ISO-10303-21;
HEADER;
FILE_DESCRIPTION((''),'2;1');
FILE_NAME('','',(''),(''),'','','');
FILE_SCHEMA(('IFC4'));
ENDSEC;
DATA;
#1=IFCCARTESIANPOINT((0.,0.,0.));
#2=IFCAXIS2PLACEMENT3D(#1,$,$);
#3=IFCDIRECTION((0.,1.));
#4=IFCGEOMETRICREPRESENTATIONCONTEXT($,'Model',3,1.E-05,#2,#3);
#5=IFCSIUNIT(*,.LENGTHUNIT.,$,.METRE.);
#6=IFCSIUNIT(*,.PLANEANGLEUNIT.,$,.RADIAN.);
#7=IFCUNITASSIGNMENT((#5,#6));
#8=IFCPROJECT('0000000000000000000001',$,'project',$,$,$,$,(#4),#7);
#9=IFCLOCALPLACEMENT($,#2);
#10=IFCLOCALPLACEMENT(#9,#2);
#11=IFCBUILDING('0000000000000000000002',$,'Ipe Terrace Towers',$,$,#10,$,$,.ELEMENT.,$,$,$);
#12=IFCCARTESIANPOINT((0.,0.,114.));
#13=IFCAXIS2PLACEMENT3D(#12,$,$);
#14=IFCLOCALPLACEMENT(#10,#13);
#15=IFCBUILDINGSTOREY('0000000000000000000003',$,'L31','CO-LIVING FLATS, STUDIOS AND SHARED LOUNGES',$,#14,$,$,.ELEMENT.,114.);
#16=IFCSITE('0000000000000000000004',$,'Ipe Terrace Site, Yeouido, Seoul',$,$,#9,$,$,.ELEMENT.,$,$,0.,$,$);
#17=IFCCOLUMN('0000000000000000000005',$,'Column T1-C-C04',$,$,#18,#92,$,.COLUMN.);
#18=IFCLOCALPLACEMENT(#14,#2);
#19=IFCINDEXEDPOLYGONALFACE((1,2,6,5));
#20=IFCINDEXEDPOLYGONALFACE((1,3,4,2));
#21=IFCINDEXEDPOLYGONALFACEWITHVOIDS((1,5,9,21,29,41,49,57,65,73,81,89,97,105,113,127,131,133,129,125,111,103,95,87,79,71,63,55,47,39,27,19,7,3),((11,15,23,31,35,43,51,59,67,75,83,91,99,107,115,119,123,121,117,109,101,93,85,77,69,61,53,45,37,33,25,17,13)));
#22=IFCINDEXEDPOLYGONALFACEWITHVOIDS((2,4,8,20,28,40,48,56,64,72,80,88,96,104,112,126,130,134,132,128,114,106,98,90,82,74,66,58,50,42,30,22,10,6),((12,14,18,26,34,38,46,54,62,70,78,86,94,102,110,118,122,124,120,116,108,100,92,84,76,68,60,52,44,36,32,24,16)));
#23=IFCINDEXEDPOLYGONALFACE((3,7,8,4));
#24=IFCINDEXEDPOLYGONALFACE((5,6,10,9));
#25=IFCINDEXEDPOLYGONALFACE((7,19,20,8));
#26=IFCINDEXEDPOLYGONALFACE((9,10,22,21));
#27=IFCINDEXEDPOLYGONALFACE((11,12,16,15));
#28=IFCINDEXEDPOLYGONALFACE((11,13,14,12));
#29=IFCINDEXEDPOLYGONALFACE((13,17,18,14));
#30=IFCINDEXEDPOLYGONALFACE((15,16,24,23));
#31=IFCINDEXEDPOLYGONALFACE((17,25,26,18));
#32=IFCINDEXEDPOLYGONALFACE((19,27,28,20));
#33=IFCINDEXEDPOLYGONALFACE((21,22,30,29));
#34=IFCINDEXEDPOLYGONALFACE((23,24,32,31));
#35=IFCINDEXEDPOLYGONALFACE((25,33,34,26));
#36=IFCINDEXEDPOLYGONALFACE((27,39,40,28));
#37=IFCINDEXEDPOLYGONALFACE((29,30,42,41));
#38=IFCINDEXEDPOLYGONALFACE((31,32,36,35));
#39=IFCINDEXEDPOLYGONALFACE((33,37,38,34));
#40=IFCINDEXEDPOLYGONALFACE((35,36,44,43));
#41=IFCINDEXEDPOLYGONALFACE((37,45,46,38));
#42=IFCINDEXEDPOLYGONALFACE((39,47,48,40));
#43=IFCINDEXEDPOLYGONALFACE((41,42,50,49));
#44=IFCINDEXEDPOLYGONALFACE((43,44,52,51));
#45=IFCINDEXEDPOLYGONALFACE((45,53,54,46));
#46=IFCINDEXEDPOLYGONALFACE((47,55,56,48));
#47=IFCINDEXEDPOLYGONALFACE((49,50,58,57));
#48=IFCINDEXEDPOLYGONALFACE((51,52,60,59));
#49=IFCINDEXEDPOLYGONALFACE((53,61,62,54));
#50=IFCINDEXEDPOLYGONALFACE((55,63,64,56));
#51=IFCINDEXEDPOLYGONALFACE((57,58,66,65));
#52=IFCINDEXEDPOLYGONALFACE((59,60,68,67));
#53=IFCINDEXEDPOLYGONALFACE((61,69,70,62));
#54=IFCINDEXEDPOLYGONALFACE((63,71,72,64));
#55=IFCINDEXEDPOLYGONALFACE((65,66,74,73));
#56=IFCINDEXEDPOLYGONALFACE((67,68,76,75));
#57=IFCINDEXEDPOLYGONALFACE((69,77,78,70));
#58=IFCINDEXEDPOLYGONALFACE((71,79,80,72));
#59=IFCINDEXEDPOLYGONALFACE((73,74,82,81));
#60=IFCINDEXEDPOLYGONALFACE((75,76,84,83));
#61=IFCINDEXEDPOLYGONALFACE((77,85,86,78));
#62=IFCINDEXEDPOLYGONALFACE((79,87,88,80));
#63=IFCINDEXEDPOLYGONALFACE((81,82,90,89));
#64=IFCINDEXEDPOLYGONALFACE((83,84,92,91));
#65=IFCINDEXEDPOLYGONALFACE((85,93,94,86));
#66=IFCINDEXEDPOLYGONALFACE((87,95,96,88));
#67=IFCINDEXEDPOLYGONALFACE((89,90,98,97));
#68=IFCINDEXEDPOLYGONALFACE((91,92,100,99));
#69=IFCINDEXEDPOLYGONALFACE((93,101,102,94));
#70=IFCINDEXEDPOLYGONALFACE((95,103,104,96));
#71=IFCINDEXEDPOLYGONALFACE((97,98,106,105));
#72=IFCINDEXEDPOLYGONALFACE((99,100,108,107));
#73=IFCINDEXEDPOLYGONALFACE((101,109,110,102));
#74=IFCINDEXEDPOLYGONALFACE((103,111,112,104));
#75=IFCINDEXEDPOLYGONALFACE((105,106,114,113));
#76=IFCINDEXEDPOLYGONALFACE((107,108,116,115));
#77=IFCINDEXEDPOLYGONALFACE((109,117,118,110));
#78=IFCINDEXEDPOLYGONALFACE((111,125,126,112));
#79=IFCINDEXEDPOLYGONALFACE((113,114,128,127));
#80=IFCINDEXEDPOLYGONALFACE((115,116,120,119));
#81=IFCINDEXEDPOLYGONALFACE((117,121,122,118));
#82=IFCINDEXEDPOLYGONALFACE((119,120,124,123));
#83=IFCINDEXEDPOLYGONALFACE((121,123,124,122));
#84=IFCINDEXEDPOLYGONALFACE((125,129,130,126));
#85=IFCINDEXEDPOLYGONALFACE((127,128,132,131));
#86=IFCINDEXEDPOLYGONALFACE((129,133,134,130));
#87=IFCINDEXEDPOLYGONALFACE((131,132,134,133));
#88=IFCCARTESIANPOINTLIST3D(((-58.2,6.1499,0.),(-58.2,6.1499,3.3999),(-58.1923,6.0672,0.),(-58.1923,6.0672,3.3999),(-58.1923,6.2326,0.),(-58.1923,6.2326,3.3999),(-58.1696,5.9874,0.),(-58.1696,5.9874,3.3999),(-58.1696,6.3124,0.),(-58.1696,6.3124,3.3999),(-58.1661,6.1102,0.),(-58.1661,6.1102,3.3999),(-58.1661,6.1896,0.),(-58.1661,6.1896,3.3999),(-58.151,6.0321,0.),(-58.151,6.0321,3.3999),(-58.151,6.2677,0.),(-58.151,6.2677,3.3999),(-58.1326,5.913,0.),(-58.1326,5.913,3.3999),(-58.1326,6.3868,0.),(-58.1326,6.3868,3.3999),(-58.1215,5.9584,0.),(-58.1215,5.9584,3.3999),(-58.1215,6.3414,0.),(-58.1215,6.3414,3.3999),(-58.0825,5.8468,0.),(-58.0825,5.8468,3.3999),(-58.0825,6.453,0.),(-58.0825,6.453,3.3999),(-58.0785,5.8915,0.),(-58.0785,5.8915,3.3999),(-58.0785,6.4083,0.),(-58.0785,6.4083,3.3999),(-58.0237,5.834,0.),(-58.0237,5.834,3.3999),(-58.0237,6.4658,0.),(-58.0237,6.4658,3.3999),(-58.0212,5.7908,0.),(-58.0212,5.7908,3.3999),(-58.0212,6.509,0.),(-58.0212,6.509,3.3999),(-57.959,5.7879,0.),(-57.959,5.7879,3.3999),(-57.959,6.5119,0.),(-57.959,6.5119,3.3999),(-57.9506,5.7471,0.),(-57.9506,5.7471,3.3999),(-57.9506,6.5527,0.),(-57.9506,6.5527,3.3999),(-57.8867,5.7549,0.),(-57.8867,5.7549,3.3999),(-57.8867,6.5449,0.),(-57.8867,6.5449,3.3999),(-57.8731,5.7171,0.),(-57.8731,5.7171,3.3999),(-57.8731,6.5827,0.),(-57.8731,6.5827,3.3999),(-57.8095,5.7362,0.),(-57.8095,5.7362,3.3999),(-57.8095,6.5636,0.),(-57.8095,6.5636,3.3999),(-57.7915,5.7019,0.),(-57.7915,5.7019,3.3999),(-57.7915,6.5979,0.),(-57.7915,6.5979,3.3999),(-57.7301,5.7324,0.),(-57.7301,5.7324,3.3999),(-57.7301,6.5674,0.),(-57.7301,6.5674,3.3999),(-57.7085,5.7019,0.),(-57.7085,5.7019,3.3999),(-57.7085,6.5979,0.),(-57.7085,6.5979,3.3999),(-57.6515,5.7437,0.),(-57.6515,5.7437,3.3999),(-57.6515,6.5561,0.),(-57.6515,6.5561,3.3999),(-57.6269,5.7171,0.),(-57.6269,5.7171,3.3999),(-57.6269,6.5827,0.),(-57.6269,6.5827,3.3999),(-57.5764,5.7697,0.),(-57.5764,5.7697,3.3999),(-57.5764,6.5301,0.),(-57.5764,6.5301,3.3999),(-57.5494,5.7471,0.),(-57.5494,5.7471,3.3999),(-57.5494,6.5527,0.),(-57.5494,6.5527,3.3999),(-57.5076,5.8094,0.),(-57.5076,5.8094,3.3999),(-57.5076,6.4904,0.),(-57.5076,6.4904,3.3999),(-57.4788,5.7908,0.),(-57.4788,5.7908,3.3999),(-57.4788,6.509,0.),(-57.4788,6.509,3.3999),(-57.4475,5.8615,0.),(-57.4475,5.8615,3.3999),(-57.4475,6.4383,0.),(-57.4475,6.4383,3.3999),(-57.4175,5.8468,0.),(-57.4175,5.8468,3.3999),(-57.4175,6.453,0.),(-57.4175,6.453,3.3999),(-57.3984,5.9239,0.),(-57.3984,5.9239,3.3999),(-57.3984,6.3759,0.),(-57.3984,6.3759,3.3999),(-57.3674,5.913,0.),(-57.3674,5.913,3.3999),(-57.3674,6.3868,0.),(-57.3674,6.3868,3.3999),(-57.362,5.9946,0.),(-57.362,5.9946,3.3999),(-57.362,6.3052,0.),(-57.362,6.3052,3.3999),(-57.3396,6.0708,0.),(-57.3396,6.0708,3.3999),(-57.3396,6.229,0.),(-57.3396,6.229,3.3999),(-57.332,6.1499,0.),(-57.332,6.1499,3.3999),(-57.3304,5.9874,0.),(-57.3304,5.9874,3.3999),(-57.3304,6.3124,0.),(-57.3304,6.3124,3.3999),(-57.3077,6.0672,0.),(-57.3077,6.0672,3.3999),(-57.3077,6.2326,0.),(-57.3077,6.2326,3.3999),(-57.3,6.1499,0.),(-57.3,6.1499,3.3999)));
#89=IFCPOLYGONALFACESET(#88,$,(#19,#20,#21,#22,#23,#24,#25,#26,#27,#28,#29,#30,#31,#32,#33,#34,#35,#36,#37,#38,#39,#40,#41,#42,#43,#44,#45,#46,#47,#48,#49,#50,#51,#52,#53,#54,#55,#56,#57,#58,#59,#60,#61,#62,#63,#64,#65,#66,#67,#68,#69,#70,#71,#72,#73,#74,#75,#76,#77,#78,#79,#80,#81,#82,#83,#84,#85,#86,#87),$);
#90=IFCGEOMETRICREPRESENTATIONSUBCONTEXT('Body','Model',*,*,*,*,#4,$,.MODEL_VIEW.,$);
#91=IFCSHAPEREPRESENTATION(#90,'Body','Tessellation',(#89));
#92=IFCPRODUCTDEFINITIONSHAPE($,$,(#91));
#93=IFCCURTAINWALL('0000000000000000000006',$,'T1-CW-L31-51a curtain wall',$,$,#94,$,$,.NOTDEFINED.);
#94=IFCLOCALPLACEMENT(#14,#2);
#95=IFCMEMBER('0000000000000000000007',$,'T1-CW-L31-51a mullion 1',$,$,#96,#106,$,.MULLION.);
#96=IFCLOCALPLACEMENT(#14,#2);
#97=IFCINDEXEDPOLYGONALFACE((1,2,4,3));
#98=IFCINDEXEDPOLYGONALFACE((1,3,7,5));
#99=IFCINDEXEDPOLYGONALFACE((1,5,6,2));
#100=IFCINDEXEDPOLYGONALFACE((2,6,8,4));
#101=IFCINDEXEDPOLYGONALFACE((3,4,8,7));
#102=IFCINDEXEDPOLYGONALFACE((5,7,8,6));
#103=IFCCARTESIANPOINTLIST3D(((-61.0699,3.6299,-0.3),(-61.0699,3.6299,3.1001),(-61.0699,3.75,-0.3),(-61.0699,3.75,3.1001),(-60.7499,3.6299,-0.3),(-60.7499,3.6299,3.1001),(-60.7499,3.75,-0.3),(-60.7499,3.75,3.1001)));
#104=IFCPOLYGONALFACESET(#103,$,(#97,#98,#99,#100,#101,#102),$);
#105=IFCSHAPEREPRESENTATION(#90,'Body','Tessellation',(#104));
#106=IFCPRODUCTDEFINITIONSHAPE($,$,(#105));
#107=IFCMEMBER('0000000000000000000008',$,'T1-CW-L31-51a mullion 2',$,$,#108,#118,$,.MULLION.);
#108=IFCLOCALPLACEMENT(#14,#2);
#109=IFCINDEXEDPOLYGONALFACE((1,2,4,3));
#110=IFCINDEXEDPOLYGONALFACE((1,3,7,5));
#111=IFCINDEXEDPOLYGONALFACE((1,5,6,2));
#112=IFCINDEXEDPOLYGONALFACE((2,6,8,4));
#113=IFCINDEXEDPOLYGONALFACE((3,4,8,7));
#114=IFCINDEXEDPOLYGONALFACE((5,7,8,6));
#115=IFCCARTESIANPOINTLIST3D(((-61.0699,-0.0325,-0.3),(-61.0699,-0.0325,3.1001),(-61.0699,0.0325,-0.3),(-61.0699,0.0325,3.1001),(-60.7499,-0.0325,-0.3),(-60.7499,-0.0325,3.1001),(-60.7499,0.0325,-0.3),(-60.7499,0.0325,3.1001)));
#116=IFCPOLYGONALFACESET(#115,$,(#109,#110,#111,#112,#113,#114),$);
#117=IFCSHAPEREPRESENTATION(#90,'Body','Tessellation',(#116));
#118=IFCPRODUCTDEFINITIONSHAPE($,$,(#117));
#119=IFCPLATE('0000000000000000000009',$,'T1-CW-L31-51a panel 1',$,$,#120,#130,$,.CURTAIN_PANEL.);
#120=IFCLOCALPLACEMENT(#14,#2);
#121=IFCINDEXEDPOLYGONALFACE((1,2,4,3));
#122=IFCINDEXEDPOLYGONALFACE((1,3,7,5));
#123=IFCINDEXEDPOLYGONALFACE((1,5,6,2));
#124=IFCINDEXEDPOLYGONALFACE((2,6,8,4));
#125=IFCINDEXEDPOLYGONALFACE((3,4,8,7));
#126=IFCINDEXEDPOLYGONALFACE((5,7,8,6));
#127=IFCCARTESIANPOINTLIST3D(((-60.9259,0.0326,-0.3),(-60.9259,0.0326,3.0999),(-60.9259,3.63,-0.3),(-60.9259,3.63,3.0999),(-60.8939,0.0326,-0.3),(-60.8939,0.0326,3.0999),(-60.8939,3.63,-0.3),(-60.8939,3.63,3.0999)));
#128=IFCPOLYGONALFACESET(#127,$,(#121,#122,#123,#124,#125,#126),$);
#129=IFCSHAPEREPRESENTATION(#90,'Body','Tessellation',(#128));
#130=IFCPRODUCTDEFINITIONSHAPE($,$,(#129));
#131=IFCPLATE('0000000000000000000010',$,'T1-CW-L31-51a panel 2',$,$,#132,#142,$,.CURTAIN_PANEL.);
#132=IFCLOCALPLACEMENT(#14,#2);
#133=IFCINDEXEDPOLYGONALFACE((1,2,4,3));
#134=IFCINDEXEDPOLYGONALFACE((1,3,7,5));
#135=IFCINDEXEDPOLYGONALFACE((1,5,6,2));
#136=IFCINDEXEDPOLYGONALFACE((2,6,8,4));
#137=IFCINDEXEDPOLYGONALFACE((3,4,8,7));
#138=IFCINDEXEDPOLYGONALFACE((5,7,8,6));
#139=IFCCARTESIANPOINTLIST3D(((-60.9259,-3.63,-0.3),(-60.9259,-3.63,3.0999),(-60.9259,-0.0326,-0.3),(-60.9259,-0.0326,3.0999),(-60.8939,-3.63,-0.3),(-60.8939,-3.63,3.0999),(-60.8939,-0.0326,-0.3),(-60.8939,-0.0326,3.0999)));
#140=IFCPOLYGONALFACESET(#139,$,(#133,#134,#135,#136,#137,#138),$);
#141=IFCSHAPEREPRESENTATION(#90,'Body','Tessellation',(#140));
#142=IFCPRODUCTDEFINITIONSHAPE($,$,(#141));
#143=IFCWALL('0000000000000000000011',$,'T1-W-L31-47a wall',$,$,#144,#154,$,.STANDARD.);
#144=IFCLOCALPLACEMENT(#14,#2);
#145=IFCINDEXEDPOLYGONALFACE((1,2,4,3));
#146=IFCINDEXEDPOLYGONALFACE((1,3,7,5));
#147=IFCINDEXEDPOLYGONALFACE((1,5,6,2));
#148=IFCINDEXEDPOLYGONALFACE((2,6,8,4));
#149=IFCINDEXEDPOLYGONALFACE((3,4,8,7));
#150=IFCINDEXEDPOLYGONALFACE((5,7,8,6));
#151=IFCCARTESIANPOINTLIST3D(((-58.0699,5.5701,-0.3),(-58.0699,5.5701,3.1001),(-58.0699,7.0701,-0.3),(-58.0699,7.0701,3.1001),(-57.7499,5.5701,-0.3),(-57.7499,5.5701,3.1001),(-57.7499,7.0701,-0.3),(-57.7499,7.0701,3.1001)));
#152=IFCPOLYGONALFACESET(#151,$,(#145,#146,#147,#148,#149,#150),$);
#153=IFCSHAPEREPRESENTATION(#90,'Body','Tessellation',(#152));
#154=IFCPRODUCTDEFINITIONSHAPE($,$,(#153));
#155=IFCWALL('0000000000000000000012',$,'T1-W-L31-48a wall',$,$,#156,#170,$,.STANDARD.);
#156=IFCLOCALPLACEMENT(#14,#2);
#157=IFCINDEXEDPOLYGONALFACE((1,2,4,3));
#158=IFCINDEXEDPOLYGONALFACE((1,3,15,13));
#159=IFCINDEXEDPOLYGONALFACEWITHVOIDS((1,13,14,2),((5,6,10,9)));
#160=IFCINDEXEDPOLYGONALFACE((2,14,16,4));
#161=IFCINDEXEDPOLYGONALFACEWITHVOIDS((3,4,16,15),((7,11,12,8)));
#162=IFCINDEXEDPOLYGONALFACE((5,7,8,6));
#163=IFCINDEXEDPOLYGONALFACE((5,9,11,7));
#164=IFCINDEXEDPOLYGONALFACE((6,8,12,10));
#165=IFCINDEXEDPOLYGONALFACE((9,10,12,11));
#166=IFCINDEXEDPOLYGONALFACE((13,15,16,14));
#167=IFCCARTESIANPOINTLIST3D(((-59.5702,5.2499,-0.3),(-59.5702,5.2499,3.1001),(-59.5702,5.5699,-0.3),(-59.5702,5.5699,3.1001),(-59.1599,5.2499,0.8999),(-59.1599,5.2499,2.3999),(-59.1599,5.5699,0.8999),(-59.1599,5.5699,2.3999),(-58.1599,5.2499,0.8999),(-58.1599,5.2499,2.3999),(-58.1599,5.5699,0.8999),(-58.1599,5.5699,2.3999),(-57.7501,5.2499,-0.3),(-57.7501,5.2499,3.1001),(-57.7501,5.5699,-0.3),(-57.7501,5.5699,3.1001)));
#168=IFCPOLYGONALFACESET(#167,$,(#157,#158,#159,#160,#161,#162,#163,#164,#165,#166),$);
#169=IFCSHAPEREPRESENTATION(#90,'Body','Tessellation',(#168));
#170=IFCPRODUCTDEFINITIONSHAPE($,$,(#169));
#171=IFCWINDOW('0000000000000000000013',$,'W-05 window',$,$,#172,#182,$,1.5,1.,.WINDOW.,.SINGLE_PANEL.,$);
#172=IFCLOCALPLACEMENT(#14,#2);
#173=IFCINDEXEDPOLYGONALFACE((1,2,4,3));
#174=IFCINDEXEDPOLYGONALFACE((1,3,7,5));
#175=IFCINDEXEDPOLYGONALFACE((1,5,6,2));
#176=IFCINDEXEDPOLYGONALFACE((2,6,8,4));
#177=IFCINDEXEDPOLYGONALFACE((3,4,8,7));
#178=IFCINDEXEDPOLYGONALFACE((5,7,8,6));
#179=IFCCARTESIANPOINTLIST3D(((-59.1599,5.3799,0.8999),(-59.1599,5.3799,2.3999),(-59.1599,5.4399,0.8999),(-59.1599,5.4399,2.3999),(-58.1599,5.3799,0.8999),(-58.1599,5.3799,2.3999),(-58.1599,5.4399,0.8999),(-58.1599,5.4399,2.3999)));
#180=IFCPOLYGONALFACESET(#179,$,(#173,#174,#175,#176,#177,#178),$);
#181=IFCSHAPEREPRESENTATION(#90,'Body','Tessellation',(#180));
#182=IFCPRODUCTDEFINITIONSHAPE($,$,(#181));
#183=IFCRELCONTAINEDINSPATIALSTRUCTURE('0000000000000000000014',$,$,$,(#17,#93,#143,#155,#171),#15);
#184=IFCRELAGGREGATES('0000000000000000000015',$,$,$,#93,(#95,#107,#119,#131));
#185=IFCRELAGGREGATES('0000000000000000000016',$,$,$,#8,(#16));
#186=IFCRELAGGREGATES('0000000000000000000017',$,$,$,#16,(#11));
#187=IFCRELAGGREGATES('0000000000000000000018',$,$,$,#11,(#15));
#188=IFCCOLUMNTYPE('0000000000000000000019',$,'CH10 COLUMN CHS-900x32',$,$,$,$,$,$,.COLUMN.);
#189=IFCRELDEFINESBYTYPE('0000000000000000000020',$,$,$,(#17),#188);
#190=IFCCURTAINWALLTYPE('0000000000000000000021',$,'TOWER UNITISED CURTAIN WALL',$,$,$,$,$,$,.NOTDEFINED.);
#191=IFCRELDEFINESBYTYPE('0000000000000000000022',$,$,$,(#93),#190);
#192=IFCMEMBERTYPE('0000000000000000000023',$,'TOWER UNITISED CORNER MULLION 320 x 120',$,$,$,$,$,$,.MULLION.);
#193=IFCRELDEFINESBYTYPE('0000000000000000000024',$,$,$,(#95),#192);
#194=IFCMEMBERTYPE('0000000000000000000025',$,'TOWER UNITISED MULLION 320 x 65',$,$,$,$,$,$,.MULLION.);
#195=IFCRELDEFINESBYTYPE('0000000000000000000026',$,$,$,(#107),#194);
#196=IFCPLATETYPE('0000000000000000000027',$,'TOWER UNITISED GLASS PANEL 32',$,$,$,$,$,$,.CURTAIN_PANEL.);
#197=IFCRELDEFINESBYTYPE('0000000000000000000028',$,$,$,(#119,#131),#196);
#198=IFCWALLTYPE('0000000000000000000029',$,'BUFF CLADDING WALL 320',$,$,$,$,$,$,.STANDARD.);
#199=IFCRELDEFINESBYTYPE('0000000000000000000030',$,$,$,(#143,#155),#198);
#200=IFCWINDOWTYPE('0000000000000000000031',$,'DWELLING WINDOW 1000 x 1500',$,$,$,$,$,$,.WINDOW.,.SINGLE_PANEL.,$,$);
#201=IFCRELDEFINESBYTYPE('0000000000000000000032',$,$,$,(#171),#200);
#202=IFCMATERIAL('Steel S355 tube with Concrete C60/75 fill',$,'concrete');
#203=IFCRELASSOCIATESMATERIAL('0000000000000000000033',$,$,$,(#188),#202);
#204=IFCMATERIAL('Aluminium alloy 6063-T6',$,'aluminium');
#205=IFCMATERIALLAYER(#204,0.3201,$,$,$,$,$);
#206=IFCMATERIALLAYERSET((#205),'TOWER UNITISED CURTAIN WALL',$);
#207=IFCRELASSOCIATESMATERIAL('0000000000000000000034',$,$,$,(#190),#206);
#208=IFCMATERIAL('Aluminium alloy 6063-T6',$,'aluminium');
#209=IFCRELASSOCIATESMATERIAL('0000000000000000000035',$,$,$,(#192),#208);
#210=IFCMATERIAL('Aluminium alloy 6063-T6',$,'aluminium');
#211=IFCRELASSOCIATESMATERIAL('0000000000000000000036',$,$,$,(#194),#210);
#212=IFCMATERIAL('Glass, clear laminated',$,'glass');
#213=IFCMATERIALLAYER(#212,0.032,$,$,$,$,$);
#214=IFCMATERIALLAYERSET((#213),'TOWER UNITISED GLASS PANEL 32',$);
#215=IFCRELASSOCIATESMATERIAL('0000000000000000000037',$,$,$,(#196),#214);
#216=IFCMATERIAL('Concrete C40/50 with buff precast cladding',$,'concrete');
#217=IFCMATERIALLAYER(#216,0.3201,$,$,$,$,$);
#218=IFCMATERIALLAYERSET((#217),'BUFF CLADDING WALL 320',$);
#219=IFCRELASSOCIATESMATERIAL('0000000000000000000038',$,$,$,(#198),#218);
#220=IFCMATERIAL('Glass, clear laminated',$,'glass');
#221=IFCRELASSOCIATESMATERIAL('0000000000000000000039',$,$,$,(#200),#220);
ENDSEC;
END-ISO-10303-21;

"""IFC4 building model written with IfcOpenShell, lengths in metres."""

from ifc_helpers import new_model, si_unit, direction, frame, frame_2d, origin, origin_2d, place, context, subcontext, project, spatial, rectangle, hollow_circle, extrude, material, layer, layer_set, material_profile, profile_set, type_object, element, fill, aggregate, save


model = new_model("IFC4")

# Units and contexts
model_context = context("Model", 3, precision=1e-05, world=origin(), true_north=direction((0.0, 1.0)))
body_context = subcontext(model_context, "Body", "Model", "MODEL_VIEW")
ifc_project = project(units=[si_unit("LENGTHUNIT", "METRE"), si_unit("PLANEANGLEUNIT", "RADIAN")], contexts=[model_context])

# Site, building, storey
site_placement = place(None, origin())
site = spatial("IfcSite", under=ifc_project, at=site_placement, Name="Ipe Terrace Site, Yeouido, Seoul", CompositionType="ELEMENT", RefElevation=0.0)
building_placement = place(site_placement, origin())
building = spatial("IfcBuilding", under=site, at=building_placement, Name="Ipe Terrace Towers", CompositionType="ELEMENT")
storey_placement = place(building_placement, frame((0.0, 0.0, 114.0)))
storey = spatial("IfcBuildingStorey", under=building, at=storey_placement, Name="L31", Description="CO-LIVING FLATS, STUDIOS AND SHARED LOUNGES", CompositionType="ELEMENT", Elevation=114.0)

# Column
ifc_material_1 = material(Name="Steel S355 tube with Concrete C60/75 fill", Category="concrete")
ifc_material_profile_1 = material_profile(ifc_material_1, hollow_circle(Radius=0.45, WallThickness=0.032, at=origin_2d()), Name="CHS-900x32")
ifc_profile_set_1 = profile_set([ifc_material_profile_1], Name="Steel S355 tube with Concrete C60/75 fill")
column_type = type_object("IfcColumnType", Name="CH10 COLUMN CHS-900x32", PredefinedType="COLUMN", material=ifc_profile_set_1)
column_placement = place(storey_placement, frame((-57.75, 6.1499, 0.0), z_axis=(0.0, 0.0, 1.0), x_axis=(1.0, 0.0, 0.0)))
element("IfcColumn", 1, at=column_placement, inside=storey, type_object=column_type, Name="Column T1-C-C04", PredefinedType="COLUMN", context=body_context, shape_type="SweptSolid", body=[
    extrude(hollow_circle(Radius=0.45, WallThickness=0.032, at=origin_2d()), origin(), (0.0, 0.0, 1.0), 3.3999),
])

# Curtain wall, members, plates
ifc_material_2 = material(Name="Aluminium alloy 6063-T6", Category="aluminium")
ifc_layer_1 = layer(ifc_material_2, 0.3201)
ifc_layer_set_1 = layer_set([ifc_layer_1], Name="TOWER UNITISED CURTAIN WALL")
curtain_wall_type = type_object("IfcCurtainWallType", Name="TOWER UNITISED CURTAIN WALL", PredefinedType="NOTDEFINED", material=ifc_layer_set_1)
curtain_wall_placement = place(storey_placement, origin())
curtain_wall = element("IfcCurtainWall", 2, at=curtain_wall_placement, inside=storey, type_object=curtain_wall_type, Name="T1-CW-L31-51a curtain wall", PredefinedType="NOTDEFINED")
ifc_material_3 = material(Name="Aluminium alloy 6063-T6", Category="aluminium")
ifc_material_profile_2 = material_profile(ifc_material_3, rectangle(XDim=0.3201, YDim=0.1201, at=origin_2d()), Name="TOWER UNITISED CORNER MULLION 320 x 120")
ifc_profile_set_2 = profile_set([ifc_material_profile_2], Name="Aluminium alloy 6063-T6")
member_type_1 = type_object("IfcMemberType", Name="TOWER UNITISED CORNER MULLION 320 x 120", PredefinedType="MULLION", material=ifc_profile_set_2)
member_1_placement = place(storey_placement, frame((-60.9099, 3.6899, -0.3), z_axis=(0.0, 0.0, 1.0), x_axis=(-1.0, 0.0, 0.0)))
member_1 = element("IfcMember", 3, at=member_1_placement, type_object=member_type_1, Name="T1-CW-L31-51a mullion 1", PredefinedType="MULLION", context=body_context, shape_type="SweptSolid", body=[
    extrude(rectangle(XDim=0.3201, YDim=0.1201, at=origin_2d()), origin(), (0.0, 0.0, 1.0), 3.4001),
])
ifc_material_4 = material(Name="Aluminium alloy 6063-T6", Category="aluminium")
ifc_material_profile_3 = material_profile(ifc_material_4, rectangle(XDim=0.3201, YDim=0.0649, at=origin_2d()), Name="TOWER UNITISED MULLION 320 x 65")
ifc_profile_set_3 = profile_set([ifc_material_profile_3], Name="Aluminium alloy 6063-T6")
member_type_2 = type_object("IfcMemberType", Name="TOWER UNITISED MULLION 320 x 65", PredefinedType="MULLION", material=ifc_profile_set_3)
member_2_placement = place(storey_placement, frame((-60.9099, 0.0, -0.3), z_axis=(0.0, 0.0, 1.0), x_axis=(-1.0, 0.0, 0.0)))
member_2 = element("IfcMember", 4, at=member_2_placement, type_object=member_type_2, Name="T1-CW-L31-51a mullion 2", PredefinedType="MULLION", context=body_context, shape_type="SweptSolid", body=[
    extrude(rectangle(XDim=0.3201, YDim=0.0649, at=origin_2d()), origin(), (0.0, 0.0, 1.0), 3.4001),
])
ifc_material_5 = material(Name="Glass, clear laminated", Category="glass")
ifc_layer_2 = layer(ifc_material_5, 0.032)
ifc_layer_set_2 = layer_set([ifc_layer_2], Name="TOWER UNITISED GLASS PANEL 32")
plate_type = type_object("IfcPlateType", Name="TOWER UNITISED GLASS PANEL 32", PredefinedType="CURTAIN_PANEL", material=ifc_layer_set_2)
plate_1_placement = place(storey_placement, frame((-60.9099, 1.8313, -0.3), z_axis=(0.0, 0.0, 1.0), x_axis=(0.0, -1.0, 0.0)))
plate_1 = element("IfcPlate", 5, at=plate_1_placement, type_object=plate_type, Name="T1-CW-L31-51a panel 1", PredefinedType="CURTAIN_PANEL", context=body_context, shape_type="SweptSolid", body=[
    extrude(rectangle(XDim=3.5974, YDim=0.032, at=origin_2d()), origin(), (0.0, 0.0, 1.0), 3.3999),
])
plate_2_placement = place(storey_placement, frame((-60.9099, -1.8313, -0.3), z_axis=(0.0, 0.0, 1.0), x_axis=(0.0, -1.0, 0.0)))
plate_2 = element("IfcPlate", 6, at=plate_2_placement, type_object=plate_type, Name="T1-CW-L31-51a panel 2", PredefinedType="CURTAIN_PANEL", context=body_context, shape_type="SweptSolid", body=[
    extrude(rectangle(XDim=3.5974, YDim=0.032, at=origin_2d()), origin(), (0.0, 0.0, 1.0), 3.3999),
])
aggregate(curtain_wall, [member_1, member_2, plate_1, plate_2])

# Wall
ifc_material_6 = material(Name="Concrete C40/50 with buff precast cladding", Category="concrete")
ifc_layer_3 = layer(ifc_material_6, 0.3201)
ifc_layer_set_3 = layer_set([ifc_layer_3], Name="BUFF CLADDING WALL 320")
wall_type_1 = type_object("IfcWallType", Name="BUFF CLADDING WALL 320", PredefinedType="STANDARD", material=ifc_layer_set_3)
wall_1_placement = place(storey_placement, frame((-57.9099, 7.0701, -0.3), z_axis=(0.0, 0.0, 1.0), x_axis=(0.0, -1.0, 0.0)))
element("IfcWall", 7, at=wall_1_placement, inside=storey, type_object=wall_type_1, Name="T1-W-L31-47a wall", PredefinedType="STANDARD", context=body_context, shape_type="SweptSolid", body=[
    extrude(rectangle(XDim=1.5, YDim=0.3201, at=frame_2d((0.75, 0.0))), origin(), (0.0, 0.0, 1.0), 3.4001),
])

# Wall, opening, window
wall_2_placement = place(storey_placement, frame((-57.75, 5.4099, -0.3), z_axis=(0.0, 0.0, 1.0), x_axis=(-1.0, 0.0, 0.0)))
wall_2 = element("IfcWall", 8, at=wall_2_placement, inside=storey, type_object=wall_type_1, Name="T1-W-L31-48a wall", PredefinedType="STANDARD", context=body_context, shape_type="SweptSolid", body=[
    extrude(rectangle(XDim=1.8201, YDim=0.3201, at=frame_2d((0.9102, 0.0))), origin(), (0.0, 0.0, 1.0), 3.4001),
])
opening_1_placement = place(wall_2_placement, frame((0.4099, 0.0, 1.2)))
opening_1 = element("IfcOpeningElement", 9, at=opening_1_placement, cuts=wall_2, PredefinedType="OPENING", context=body_context, shape_type="SweptSolid", body=[
    extrude(rectangle(XDim=1.0, YDim=1.5, at=frame_2d((0.5, 0.75))), frame((0.0, 0.1699, 0.0), z_axis=(0.0, -1.0, 0.0), x_axis=(1.0, 0.0, 0.0)), (0.0, 0.0, 1.0), 0.3401),
])
ifc_material_7 = material(Name="Glass, clear laminated", Category="glass")
window_type = type_object("IfcWindowType", Name="DWELLING WINDOW 1000 x 1500", PartitioningType="SINGLE_PANEL", PredefinedType="WINDOW", material=ifc_material_7)
window_placement = place(opening_1_placement, origin())
window = element("IfcWindow", 10, at=window_placement, inside=storey, type_object=window_type, Name="W-05 window", OverallHeight=1.5, OverallWidth=1.0, PartitioningType="SINGLE_PANEL", PredefinedType="WINDOW", context=body_context, shape_type="SweptSolid", body=[
    extrude(rectangle(XDim=1.0, YDim=1.5, at=frame_2d((0.5, 0.75))), frame((0.0, 0.03, 0.0), z_axis=(0.0, -1.0, 0.0), x_axis=(1.0, 0.0, 0.0)), (0.0, 0.0, 1.0), 0.0601),
])
fill(opening_1, window)

save(model, "model.ifc")
